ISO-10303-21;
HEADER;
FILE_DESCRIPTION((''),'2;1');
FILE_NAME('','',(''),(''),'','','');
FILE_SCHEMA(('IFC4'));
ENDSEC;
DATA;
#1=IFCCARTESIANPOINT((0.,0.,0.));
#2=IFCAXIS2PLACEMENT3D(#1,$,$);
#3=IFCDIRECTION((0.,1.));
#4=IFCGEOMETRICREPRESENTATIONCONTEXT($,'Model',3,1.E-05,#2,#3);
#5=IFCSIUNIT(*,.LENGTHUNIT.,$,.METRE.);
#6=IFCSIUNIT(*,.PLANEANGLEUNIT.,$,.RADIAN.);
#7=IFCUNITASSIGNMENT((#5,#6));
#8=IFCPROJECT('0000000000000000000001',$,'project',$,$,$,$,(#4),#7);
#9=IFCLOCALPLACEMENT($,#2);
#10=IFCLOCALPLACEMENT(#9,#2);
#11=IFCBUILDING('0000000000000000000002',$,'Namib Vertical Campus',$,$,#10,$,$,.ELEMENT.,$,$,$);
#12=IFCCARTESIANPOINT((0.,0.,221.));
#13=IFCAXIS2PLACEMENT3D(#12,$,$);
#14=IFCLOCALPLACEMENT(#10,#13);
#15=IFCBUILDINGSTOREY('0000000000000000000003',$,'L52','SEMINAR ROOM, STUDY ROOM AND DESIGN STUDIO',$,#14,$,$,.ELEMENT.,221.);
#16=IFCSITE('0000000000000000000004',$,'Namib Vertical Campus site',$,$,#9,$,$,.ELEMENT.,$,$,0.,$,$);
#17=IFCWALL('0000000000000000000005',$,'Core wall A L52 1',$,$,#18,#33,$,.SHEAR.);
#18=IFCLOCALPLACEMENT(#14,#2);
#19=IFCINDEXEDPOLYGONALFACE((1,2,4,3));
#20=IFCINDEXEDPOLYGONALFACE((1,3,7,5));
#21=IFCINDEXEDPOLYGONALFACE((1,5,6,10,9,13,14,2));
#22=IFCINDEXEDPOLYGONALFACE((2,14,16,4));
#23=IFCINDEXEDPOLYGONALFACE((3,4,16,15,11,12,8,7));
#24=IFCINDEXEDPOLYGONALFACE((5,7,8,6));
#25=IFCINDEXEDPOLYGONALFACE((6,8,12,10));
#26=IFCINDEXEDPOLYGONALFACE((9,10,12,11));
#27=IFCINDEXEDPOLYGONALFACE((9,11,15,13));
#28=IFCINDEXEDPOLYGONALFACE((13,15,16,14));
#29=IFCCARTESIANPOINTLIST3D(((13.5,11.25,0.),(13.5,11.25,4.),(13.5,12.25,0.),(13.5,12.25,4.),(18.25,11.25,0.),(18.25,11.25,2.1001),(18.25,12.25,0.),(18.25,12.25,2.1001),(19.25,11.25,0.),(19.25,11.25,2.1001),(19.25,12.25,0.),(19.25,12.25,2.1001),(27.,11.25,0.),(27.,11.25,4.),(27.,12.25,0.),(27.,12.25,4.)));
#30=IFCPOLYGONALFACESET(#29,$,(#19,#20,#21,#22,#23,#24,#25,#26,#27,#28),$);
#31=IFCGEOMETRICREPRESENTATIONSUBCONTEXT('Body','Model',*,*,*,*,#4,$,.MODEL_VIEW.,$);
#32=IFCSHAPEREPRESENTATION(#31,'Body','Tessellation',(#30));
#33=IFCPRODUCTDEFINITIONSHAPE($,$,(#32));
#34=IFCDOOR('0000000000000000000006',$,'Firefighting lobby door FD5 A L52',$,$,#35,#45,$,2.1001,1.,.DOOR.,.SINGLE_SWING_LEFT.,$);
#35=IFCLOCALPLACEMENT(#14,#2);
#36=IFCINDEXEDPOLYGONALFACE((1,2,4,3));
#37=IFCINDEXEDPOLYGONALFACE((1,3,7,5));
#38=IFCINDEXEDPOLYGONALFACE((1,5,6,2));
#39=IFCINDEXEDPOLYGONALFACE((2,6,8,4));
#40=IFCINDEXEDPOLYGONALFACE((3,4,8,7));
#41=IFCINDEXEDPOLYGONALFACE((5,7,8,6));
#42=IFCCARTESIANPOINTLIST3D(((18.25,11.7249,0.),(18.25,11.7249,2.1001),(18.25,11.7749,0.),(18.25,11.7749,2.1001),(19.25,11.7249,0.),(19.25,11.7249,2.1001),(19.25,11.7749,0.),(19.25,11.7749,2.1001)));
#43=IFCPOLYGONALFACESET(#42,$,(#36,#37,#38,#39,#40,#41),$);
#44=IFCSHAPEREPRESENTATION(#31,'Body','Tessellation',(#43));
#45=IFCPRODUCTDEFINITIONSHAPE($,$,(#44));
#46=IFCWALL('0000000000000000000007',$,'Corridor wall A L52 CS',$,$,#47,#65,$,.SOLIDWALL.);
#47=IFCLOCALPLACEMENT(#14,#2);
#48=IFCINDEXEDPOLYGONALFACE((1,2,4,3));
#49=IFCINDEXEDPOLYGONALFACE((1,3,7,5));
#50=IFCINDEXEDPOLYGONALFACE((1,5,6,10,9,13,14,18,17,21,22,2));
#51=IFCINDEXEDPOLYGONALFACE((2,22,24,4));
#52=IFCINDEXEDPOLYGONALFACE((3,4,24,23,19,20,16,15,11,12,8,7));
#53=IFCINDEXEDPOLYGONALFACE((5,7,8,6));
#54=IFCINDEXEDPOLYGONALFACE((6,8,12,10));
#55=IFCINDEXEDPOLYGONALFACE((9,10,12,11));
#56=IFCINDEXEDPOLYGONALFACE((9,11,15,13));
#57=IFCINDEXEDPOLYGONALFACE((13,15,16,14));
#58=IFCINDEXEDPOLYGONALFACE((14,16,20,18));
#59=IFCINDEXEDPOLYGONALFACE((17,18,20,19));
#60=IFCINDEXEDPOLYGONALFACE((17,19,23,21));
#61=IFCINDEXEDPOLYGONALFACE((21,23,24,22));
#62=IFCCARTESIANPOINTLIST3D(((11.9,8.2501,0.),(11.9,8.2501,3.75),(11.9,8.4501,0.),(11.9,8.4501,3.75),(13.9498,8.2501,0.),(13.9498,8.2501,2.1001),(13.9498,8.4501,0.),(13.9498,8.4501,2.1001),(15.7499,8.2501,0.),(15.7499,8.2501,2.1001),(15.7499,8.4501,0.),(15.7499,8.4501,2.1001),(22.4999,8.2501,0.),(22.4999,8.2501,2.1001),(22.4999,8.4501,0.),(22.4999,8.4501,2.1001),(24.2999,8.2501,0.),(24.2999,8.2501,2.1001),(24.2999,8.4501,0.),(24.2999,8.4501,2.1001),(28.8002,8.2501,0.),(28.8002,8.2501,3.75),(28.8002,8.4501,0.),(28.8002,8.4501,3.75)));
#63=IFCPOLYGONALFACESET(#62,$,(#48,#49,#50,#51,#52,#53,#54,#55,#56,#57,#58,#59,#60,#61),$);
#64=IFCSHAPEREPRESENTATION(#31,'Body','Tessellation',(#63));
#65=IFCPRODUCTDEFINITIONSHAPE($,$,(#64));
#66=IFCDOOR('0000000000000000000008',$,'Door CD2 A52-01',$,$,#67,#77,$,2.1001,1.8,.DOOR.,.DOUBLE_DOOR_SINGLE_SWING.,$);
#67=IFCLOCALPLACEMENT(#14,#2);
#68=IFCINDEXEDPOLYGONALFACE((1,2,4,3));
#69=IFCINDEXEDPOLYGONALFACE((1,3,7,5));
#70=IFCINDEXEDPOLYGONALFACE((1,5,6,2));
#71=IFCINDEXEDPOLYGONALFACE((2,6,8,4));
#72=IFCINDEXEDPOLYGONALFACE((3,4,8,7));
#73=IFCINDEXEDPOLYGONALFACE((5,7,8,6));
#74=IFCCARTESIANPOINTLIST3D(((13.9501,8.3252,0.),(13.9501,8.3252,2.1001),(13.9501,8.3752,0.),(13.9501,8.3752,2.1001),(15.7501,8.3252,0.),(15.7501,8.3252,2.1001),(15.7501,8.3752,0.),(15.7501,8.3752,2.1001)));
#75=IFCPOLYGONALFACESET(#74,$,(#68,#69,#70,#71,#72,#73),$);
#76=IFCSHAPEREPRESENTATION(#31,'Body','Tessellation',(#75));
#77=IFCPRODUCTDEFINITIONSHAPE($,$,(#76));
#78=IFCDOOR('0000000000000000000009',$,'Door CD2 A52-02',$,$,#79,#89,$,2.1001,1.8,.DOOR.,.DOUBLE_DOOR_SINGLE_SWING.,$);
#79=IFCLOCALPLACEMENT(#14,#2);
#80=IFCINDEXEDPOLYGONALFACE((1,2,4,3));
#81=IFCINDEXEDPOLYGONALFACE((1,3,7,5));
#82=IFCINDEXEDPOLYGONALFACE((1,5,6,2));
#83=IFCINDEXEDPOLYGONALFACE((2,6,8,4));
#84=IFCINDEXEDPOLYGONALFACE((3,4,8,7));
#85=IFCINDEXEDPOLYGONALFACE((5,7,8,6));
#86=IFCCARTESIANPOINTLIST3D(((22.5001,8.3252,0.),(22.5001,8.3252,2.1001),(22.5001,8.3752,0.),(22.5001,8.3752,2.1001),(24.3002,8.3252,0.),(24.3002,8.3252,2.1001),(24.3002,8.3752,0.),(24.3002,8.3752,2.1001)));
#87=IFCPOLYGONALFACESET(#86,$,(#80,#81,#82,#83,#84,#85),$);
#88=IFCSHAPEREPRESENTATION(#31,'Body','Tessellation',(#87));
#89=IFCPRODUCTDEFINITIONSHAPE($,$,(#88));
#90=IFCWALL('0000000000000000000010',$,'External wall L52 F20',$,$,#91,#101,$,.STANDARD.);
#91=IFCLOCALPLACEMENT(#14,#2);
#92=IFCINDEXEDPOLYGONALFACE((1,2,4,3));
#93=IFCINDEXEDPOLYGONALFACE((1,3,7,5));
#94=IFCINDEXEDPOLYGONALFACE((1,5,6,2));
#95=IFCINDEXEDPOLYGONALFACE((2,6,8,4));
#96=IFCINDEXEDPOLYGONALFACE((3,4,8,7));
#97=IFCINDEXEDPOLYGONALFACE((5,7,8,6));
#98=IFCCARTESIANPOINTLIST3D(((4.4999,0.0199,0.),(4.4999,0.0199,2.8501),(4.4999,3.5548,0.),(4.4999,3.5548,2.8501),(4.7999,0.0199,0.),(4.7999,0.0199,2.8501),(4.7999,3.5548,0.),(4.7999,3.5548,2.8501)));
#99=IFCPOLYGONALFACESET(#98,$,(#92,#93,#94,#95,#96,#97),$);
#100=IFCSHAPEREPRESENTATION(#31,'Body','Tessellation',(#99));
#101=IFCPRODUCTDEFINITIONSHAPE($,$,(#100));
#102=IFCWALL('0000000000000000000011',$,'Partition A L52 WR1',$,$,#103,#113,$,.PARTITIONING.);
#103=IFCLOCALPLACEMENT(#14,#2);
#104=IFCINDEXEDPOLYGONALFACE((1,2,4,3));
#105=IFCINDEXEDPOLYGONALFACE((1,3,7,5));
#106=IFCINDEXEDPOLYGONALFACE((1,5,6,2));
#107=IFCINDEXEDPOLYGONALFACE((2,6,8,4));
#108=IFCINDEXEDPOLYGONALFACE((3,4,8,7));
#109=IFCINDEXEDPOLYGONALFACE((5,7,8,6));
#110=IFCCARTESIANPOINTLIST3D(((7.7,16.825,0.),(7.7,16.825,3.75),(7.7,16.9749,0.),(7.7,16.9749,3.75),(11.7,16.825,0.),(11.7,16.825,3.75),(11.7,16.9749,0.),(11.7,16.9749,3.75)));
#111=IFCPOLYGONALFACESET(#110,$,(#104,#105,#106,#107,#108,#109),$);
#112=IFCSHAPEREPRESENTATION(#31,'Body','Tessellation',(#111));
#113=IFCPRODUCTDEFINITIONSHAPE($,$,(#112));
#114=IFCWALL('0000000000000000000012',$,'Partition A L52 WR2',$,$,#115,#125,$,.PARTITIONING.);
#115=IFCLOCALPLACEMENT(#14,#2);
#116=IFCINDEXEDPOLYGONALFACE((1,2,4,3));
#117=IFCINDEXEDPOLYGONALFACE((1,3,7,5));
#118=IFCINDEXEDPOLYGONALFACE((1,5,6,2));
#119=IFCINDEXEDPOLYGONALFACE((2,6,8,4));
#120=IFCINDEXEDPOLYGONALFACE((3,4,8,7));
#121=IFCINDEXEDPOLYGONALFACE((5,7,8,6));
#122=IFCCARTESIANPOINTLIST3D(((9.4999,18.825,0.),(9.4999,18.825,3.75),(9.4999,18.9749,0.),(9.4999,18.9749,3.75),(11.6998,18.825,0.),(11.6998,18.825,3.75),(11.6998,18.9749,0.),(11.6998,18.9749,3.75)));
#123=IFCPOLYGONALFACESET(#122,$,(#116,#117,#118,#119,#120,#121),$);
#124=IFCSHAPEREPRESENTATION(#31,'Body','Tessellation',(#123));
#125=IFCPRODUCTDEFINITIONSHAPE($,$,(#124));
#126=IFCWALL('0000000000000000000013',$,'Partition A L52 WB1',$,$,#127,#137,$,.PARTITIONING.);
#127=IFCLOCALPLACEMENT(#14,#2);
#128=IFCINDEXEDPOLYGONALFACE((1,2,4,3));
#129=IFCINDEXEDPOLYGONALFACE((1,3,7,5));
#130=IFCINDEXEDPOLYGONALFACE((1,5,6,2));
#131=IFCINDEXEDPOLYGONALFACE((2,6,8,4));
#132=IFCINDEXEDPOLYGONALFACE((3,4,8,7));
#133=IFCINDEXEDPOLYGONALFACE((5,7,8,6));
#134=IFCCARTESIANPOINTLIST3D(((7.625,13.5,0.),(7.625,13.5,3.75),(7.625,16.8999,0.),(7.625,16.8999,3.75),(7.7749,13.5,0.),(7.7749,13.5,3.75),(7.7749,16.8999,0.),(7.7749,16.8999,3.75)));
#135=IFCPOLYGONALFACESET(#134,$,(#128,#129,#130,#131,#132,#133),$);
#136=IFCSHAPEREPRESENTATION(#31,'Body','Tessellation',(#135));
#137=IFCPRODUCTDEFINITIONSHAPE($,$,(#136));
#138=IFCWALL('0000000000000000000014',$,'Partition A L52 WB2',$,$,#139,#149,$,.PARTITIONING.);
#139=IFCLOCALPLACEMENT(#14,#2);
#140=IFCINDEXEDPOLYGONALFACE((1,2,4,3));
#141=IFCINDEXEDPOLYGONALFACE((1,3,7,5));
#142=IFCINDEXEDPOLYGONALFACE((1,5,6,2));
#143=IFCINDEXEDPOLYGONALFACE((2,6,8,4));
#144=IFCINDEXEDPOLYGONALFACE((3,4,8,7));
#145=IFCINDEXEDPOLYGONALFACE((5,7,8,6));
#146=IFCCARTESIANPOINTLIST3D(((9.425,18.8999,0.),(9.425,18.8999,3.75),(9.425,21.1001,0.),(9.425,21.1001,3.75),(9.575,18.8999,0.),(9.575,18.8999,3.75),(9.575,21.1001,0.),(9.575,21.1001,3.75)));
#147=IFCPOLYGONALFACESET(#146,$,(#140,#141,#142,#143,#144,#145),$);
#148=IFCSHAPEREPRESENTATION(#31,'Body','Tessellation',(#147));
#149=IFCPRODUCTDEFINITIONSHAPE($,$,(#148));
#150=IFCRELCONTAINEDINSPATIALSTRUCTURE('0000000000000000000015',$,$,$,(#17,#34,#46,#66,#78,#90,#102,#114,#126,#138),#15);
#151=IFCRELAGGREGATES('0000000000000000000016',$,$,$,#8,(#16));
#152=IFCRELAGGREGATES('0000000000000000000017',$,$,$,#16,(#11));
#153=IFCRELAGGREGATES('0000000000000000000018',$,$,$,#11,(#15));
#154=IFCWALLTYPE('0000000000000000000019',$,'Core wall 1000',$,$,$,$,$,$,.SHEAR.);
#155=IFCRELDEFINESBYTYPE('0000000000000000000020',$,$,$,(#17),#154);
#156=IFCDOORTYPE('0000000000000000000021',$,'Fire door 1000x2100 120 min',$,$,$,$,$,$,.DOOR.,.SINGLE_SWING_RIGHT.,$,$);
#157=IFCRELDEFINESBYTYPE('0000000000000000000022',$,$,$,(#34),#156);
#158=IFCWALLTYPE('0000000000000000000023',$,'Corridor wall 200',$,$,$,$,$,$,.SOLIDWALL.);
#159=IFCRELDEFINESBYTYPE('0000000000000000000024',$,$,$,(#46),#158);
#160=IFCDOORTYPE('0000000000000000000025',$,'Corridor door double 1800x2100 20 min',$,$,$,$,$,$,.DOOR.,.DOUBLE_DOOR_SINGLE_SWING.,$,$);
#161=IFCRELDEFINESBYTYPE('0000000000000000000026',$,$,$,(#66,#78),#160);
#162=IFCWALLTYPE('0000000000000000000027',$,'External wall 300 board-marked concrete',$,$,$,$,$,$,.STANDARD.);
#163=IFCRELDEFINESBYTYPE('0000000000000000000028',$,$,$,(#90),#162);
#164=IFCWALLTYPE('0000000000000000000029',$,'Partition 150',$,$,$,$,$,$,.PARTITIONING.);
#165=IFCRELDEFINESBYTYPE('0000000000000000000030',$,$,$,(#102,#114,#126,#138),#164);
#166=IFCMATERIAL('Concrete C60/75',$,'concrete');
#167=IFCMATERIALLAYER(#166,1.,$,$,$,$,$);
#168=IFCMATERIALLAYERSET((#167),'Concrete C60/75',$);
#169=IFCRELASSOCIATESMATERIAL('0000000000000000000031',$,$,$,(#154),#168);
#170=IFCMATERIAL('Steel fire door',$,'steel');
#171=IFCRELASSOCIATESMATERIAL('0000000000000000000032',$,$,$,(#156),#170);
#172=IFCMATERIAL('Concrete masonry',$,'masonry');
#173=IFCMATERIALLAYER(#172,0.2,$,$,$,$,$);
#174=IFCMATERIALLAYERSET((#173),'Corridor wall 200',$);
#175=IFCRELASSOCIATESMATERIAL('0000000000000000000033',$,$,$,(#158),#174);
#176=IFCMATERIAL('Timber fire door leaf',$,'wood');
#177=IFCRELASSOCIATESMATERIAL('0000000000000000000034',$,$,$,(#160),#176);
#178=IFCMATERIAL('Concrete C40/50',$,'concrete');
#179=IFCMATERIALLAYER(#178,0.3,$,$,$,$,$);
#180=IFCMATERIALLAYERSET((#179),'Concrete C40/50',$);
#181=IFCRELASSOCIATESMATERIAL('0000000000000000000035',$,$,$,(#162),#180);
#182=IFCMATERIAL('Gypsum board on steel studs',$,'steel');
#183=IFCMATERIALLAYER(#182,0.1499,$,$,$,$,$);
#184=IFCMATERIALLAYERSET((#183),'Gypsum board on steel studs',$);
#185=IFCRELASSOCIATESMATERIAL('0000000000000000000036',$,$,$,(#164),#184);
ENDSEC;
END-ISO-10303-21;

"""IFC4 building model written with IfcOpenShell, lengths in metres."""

from ifc_helpers import new_model, si_unit, direction, frame, frame_2d, origin, place, context, subcontext, project, spatial, rectangle, extrude, material, layer, layer_set, type_object, element, fill, save


model = new_model("IFC4")

# Units and contexts
model_context = context("Model", 3, precision=1e-05, world=origin(), true_north=direction((0.0, 1.0)))
body_context = subcontext(model_context, "Body", "Model", "MODEL_VIEW")
ifc_project = project(units=[si_unit("LENGTHUNIT", "METRE"), si_unit("PLANEANGLEUNIT", "RADIAN")], contexts=[model_context])

# Site, building, storey
site_placement = place(None, origin())
site = spatial("IfcSite", under=ifc_project, at=site_placement, Name="Namib Vertical Campus site", CompositionType="ELEMENT", RefElevation=0.0)
building_placement = place(site_placement, origin())
building = spatial("IfcBuilding", under=site, at=building_placement, Name="Namib Vertical Campus", CompositionType="ELEMENT")
storey_placement = place(building_placement, frame((0.0, 0.0, 221.0)))
storey = spatial("IfcBuildingStorey", under=building, at=storey_placement, Name="L52", Description="SEMINAR ROOM, STUDY ROOM AND DESIGN STUDIO", CompositionType="ELEMENT", Elevation=221.0)

# Wall, opening, door
ifc_material_1 = material(Name="Concrete C60/75", Category="concrete")
ifc_layer_1 = layer(ifc_material_1, 1.0)
ifc_layer_set_1 = layer_set([ifc_layer_1], Name="Concrete C60/75")
wall_type_1 = type_object("IfcWallType", Name="Core wall 1000", PredefinedType="SHEAR", material=ifc_layer_set_1)
wall_1_placement = place(storey_placement, frame((13.5, 11.75, 0.0), z_axis=(0.0, 0.0, 1.0), x_axis=(1.0, 0.0, 0.0)))
wall_1 = element("IfcWall", 1, at=wall_1_placement, inside=storey, type_object=wall_type_1, Name="Core wall A L52 1", PredefinedType="SHEAR", context=body_context, shape_type="SweptSolid", body=[
    extrude(rectangle(XDim=13.5, YDim=1.0, at=frame_2d((6.75, 0.0))), origin(), (0.0, 0.0, 1.0), 4.0),
])
opening_1_placement = place(wall_1_placement, frame((4.75, 0.0, 0.0)))
opening_1 = element("IfcOpeningElement", 2, at=opening_1_placement, cuts=wall_1, PredefinedType="OPENING", context=body_context, shape_type="SweptSolid", body=[
    extrude(rectangle(XDim=1.0, YDim=2.1001, at=frame_2d((0.5, 1.05))), frame((0.0, 0.51, 0.0), z_axis=(0.0, -1.0, 0.0), x_axis=(1.0, 0.0, 0.0)), (0.0, 0.0, 1.0), 1.02),
])
ifc_material_2 = material(Name="Steel fire door", Category="steel")
door_type_1 = type_object("IfcDoorType", Name="Fire door 1000x2100 120 min", OperationType="SINGLE_SWING_RIGHT", PredefinedType="DOOR", material=ifc_material_2)
door_1_placement = place(opening_1_placement, origin())
door_1 = element("IfcDoor", 3, at=door_1_placement, inside=storey, type_object=door_type_1, Name="Firefighting lobby door FD5 A L52", OperationType="SINGLE_SWING_LEFT", OverallHeight=2.1001, OverallWidth=1.0, PredefinedType="DOOR", context=body_context, shape_type="SweptSolid", body=[
    extrude(rectangle(XDim=1.0, YDim=2.1001, at=frame_2d((0.5, 1.05))), frame((0.0, 0.0249, 0.0), z_axis=(0.0, -1.0, 0.0), x_axis=(1.0, 0.0, 0.0)), (0.0, 0.0, 1.0), 0.05),
])
fill(opening_1, door_1)

# Wall, openings, doors
ifc_material_3 = material(Name="Concrete masonry", Category="masonry")
ifc_layer_2 = layer(ifc_material_3, 0.2)
ifc_layer_set_2 = layer_set([ifc_layer_2], Name="Corridor wall 200")
wall_type_2 = type_object("IfcWallType", Name="Corridor wall 200", PredefinedType="SOLIDWALL", material=ifc_layer_set_2)
wall_2_placement = place(storey_placement, frame((11.8999, 8.3501, 0.0), z_axis=(0.0, 0.0, 1.0), x_axis=(1.0, 0.0, 0.0)))
wall_2 = element("IfcWall", 4, at=wall_2_placement, inside=storey, type_object=wall_type_2, Name="Corridor wall A L52 CS", PredefinedType="SOLIDWALL", context=body_context, shape_type="SweptSolid", body=[
    extrude(rectangle(XDim=16.9001, YDim=0.2, at=frame_2d((8.4502, 0.0))), origin(), (0.0, 0.0, 1.0), 3.75),
])
opening_2_placement = place(wall_2_placement, frame((2.05, 0.0, 0.0)))
opening_2 = element("IfcOpeningElement", 5, at=opening_2_placement, cuts=wall_2, PredefinedType="OPENING", context=body_context, shape_type="SweptSolid", body=[
    extrude(rectangle(XDim=1.8, YDim=2.1001, at=frame_2d((0.8999, 1.05))), frame((0.0, 0.1099, 0.0), z_axis=(0.0, -1.0, 0.0), x_axis=(1.0, 0.0, 0.0)), (0.0, 0.0, 1.0), 0.22),
])
opening_3_placement = place(wall_2_placement, frame((10.6001, 0.0, 0.0)))
opening_3 = element("IfcOpeningElement", 6, at=opening_3_placement, cuts=wall_2, PredefinedType="OPENING", context=body_context, shape_type="SweptSolid", body=[
    extrude(rectangle(XDim=1.8, YDim=2.1001, at=frame_2d((0.8999, 1.05))), frame((0.0, 0.1099, 0.0), z_axis=(0.0, -1.0, 0.0), x_axis=(1.0, 0.0, 0.0)), (0.0, 0.0, 1.0), 0.22),
])
ifc_material_4 = material(Name="Timber fire door leaf", Category="wood")
door_type_2 = type_object("IfcDoorType", Name="Corridor door double 1800x2100 20 min", OperationType="DOUBLE_DOOR_SINGLE_SWING", PredefinedType="DOOR", material=ifc_material_4)
door_2_placement = place(opening_2_placement, frame((1.8, 0.0, 0.0), z_axis=(0.0, 0.0, 1.0), x_axis=(-1.0, 0.0, 0.0)))
door_2 = element("IfcDoor", 7, at=door_2_placement, inside=storey, type_object=door_type_2, Name="Door CD2 A52-01", OperationType="DOUBLE_DOOR_SINGLE_SWING", OverallHeight=2.1001, OverallWidth=1.8, PredefinedType="DOOR", context=body_context, shape_type="SweptSolid", body=[
    extrude(rectangle(XDim=1.8, YDim=2.1001, at=frame_2d((0.8999, 1.05))), frame((0.0, 0.0249, 0.0), z_axis=(0.0, -1.0, 0.0), x_axis=(1.0, 0.0, 0.0)), (0.0, 0.0, 1.0), 0.05),
])
fill(opening_2, door_2)
door_3_placement = place(opening_3_placement, frame((1.8, 0.0, 0.0), z_axis=(0.0, 0.0, 1.0), x_axis=(-1.0, 0.0, 0.0)))
door_3 = element("IfcDoor", 8, at=door_3_placement, inside=storey, type_object=door_type_2, Name="Door CD2 A52-02", OperationType="DOUBLE_DOOR_SINGLE_SWING", OverallHeight=2.1001, OverallWidth=1.8, PredefinedType="DOOR", context=body_context, shape_type="SweptSolid", body=[
    extrude(rectangle(XDim=1.8, YDim=2.1001, at=frame_2d((0.8999, 1.05))), frame((0.0, 0.0249, 0.0), z_axis=(0.0, -1.0, 0.0), x_axis=(1.0, 0.0, 0.0)), (0.0, 0.0, 1.0), 0.05),
])
fill(opening_3, door_3)

# Walls
ifc_material_5 = material(Name="Concrete C40/50", Category="concrete")
ifc_layer_3 = layer(ifc_material_5, 0.3)
ifc_layer_set_3 = layer_set([ifc_layer_3], Name="Concrete C40/50")
wall_type_3 = type_object("IfcWallType", Name="External wall 300 board-marked concrete", PredefinedType="STANDARD", material=ifc_layer_set_3)
wall_3_placement = place(storey_placement, frame((4.6499, 3.5549, 0.0), z_axis=(0.0, 0.0, 1.0), x_axis=(0.0, -1.0, 0.0)))
element("IfcWall", 9, at=wall_3_placement, inside=storey, type_object=wall_type_3, Name="External wall L52 F20", PredefinedType="STANDARD", context=body_context, shape_type="SweptSolid", body=[
    extrude(rectangle(XDim=3.5349, YDim=0.3, at=frame_2d((1.7676, 0.0))), origin(), (0.0, 0.0, 1.0), 2.8501),
])
ifc_material_6 = material(Name="Gypsum board on steel studs", Category="steel")
ifc_layer_4 = layer(ifc_material_6, 0.1499)
ifc_layer_set_4 = layer_set([ifc_layer_4], Name="Gypsum board on steel studs")
wall_type_4 = type_object("IfcWallType", Name="Partition 150", PredefinedType="PARTITIONING", material=ifc_layer_set_4)
wall_4_placement = place(storey_placement, frame((11.7, 16.8999, 0.0), z_axis=(0.0, 0.0, 1.0), x_axis=(-1.0, 0.0, 0.0)))
element("IfcWall", 10, at=wall_4_placement, inside=storey, type_object=wall_type_4, Name="Partition A L52 WR1", PredefinedType="PARTITIONING", context=body_context, shape_type="SweptSolid", body=[
    extrude(rectangle(XDim=4.0, YDim=0.1499, at=frame_2d((2.0, 0.0))), origin(), (0.0, 0.0, 1.0), 3.75),
])
wall_5_placement = place(storey_placement, frame((11.7, 18.8999, 0.0), z_axis=(0.0, 0.0, 1.0), x_axis=(-1.0, 0.0, 0.0)))
element("IfcWall", 11, at=wall_5_placement, inside=storey, type_object=wall_type_4, Name="Partition A L52 WR2", PredefinedType="PARTITIONING", context=body_context, shape_type="SweptSolid", body=[
    extrude(rectangle(XDim=2.2, YDim=0.1499, at=frame_2d((1.1001, 0.0))), origin(), (0.0, 0.0, 1.0), 3.75),
])
wall_6_placement = place(storey_placement, frame((7.7, 13.5, 0.0), z_axis=(0.0, 0.0, 1.0), x_axis=(0.0, 1.0, 0.0)))
element("IfcWall", 12, at=wall_6_placement, inside=storey, type_object=wall_type_4, Name="Partition A L52 WB1", PredefinedType="PARTITIONING", context=body_context, shape_type="SweptSolid", body=[
    extrude(rectangle(XDim=3.3999, YDim=0.1499, at=frame_2d((1.7, 0.0))), origin(), (0.0, 0.0, 1.0), 3.75),
])
wall_7_placement = place(storey_placement, frame((9.5, 18.8999, 0.0), z_axis=(0.0, 0.0, 1.0), x_axis=(0.0, 1.0, 0.0)))
element("IfcWall", 13, at=wall_7_placement, inside=storey, type_object=wall_type_4, Name="Partition A L52 WB2", PredefinedType="PARTITIONING", context=body_context, shape_type="SweptSolid", body=[
    extrude(rectangle(XDim=2.2002, YDim=0.1499, at=frame_2d((1.1001, 0.0))), origin(), (0.0, 0.0, 1.0), 3.75),
])

save(model, "model.ifc")
